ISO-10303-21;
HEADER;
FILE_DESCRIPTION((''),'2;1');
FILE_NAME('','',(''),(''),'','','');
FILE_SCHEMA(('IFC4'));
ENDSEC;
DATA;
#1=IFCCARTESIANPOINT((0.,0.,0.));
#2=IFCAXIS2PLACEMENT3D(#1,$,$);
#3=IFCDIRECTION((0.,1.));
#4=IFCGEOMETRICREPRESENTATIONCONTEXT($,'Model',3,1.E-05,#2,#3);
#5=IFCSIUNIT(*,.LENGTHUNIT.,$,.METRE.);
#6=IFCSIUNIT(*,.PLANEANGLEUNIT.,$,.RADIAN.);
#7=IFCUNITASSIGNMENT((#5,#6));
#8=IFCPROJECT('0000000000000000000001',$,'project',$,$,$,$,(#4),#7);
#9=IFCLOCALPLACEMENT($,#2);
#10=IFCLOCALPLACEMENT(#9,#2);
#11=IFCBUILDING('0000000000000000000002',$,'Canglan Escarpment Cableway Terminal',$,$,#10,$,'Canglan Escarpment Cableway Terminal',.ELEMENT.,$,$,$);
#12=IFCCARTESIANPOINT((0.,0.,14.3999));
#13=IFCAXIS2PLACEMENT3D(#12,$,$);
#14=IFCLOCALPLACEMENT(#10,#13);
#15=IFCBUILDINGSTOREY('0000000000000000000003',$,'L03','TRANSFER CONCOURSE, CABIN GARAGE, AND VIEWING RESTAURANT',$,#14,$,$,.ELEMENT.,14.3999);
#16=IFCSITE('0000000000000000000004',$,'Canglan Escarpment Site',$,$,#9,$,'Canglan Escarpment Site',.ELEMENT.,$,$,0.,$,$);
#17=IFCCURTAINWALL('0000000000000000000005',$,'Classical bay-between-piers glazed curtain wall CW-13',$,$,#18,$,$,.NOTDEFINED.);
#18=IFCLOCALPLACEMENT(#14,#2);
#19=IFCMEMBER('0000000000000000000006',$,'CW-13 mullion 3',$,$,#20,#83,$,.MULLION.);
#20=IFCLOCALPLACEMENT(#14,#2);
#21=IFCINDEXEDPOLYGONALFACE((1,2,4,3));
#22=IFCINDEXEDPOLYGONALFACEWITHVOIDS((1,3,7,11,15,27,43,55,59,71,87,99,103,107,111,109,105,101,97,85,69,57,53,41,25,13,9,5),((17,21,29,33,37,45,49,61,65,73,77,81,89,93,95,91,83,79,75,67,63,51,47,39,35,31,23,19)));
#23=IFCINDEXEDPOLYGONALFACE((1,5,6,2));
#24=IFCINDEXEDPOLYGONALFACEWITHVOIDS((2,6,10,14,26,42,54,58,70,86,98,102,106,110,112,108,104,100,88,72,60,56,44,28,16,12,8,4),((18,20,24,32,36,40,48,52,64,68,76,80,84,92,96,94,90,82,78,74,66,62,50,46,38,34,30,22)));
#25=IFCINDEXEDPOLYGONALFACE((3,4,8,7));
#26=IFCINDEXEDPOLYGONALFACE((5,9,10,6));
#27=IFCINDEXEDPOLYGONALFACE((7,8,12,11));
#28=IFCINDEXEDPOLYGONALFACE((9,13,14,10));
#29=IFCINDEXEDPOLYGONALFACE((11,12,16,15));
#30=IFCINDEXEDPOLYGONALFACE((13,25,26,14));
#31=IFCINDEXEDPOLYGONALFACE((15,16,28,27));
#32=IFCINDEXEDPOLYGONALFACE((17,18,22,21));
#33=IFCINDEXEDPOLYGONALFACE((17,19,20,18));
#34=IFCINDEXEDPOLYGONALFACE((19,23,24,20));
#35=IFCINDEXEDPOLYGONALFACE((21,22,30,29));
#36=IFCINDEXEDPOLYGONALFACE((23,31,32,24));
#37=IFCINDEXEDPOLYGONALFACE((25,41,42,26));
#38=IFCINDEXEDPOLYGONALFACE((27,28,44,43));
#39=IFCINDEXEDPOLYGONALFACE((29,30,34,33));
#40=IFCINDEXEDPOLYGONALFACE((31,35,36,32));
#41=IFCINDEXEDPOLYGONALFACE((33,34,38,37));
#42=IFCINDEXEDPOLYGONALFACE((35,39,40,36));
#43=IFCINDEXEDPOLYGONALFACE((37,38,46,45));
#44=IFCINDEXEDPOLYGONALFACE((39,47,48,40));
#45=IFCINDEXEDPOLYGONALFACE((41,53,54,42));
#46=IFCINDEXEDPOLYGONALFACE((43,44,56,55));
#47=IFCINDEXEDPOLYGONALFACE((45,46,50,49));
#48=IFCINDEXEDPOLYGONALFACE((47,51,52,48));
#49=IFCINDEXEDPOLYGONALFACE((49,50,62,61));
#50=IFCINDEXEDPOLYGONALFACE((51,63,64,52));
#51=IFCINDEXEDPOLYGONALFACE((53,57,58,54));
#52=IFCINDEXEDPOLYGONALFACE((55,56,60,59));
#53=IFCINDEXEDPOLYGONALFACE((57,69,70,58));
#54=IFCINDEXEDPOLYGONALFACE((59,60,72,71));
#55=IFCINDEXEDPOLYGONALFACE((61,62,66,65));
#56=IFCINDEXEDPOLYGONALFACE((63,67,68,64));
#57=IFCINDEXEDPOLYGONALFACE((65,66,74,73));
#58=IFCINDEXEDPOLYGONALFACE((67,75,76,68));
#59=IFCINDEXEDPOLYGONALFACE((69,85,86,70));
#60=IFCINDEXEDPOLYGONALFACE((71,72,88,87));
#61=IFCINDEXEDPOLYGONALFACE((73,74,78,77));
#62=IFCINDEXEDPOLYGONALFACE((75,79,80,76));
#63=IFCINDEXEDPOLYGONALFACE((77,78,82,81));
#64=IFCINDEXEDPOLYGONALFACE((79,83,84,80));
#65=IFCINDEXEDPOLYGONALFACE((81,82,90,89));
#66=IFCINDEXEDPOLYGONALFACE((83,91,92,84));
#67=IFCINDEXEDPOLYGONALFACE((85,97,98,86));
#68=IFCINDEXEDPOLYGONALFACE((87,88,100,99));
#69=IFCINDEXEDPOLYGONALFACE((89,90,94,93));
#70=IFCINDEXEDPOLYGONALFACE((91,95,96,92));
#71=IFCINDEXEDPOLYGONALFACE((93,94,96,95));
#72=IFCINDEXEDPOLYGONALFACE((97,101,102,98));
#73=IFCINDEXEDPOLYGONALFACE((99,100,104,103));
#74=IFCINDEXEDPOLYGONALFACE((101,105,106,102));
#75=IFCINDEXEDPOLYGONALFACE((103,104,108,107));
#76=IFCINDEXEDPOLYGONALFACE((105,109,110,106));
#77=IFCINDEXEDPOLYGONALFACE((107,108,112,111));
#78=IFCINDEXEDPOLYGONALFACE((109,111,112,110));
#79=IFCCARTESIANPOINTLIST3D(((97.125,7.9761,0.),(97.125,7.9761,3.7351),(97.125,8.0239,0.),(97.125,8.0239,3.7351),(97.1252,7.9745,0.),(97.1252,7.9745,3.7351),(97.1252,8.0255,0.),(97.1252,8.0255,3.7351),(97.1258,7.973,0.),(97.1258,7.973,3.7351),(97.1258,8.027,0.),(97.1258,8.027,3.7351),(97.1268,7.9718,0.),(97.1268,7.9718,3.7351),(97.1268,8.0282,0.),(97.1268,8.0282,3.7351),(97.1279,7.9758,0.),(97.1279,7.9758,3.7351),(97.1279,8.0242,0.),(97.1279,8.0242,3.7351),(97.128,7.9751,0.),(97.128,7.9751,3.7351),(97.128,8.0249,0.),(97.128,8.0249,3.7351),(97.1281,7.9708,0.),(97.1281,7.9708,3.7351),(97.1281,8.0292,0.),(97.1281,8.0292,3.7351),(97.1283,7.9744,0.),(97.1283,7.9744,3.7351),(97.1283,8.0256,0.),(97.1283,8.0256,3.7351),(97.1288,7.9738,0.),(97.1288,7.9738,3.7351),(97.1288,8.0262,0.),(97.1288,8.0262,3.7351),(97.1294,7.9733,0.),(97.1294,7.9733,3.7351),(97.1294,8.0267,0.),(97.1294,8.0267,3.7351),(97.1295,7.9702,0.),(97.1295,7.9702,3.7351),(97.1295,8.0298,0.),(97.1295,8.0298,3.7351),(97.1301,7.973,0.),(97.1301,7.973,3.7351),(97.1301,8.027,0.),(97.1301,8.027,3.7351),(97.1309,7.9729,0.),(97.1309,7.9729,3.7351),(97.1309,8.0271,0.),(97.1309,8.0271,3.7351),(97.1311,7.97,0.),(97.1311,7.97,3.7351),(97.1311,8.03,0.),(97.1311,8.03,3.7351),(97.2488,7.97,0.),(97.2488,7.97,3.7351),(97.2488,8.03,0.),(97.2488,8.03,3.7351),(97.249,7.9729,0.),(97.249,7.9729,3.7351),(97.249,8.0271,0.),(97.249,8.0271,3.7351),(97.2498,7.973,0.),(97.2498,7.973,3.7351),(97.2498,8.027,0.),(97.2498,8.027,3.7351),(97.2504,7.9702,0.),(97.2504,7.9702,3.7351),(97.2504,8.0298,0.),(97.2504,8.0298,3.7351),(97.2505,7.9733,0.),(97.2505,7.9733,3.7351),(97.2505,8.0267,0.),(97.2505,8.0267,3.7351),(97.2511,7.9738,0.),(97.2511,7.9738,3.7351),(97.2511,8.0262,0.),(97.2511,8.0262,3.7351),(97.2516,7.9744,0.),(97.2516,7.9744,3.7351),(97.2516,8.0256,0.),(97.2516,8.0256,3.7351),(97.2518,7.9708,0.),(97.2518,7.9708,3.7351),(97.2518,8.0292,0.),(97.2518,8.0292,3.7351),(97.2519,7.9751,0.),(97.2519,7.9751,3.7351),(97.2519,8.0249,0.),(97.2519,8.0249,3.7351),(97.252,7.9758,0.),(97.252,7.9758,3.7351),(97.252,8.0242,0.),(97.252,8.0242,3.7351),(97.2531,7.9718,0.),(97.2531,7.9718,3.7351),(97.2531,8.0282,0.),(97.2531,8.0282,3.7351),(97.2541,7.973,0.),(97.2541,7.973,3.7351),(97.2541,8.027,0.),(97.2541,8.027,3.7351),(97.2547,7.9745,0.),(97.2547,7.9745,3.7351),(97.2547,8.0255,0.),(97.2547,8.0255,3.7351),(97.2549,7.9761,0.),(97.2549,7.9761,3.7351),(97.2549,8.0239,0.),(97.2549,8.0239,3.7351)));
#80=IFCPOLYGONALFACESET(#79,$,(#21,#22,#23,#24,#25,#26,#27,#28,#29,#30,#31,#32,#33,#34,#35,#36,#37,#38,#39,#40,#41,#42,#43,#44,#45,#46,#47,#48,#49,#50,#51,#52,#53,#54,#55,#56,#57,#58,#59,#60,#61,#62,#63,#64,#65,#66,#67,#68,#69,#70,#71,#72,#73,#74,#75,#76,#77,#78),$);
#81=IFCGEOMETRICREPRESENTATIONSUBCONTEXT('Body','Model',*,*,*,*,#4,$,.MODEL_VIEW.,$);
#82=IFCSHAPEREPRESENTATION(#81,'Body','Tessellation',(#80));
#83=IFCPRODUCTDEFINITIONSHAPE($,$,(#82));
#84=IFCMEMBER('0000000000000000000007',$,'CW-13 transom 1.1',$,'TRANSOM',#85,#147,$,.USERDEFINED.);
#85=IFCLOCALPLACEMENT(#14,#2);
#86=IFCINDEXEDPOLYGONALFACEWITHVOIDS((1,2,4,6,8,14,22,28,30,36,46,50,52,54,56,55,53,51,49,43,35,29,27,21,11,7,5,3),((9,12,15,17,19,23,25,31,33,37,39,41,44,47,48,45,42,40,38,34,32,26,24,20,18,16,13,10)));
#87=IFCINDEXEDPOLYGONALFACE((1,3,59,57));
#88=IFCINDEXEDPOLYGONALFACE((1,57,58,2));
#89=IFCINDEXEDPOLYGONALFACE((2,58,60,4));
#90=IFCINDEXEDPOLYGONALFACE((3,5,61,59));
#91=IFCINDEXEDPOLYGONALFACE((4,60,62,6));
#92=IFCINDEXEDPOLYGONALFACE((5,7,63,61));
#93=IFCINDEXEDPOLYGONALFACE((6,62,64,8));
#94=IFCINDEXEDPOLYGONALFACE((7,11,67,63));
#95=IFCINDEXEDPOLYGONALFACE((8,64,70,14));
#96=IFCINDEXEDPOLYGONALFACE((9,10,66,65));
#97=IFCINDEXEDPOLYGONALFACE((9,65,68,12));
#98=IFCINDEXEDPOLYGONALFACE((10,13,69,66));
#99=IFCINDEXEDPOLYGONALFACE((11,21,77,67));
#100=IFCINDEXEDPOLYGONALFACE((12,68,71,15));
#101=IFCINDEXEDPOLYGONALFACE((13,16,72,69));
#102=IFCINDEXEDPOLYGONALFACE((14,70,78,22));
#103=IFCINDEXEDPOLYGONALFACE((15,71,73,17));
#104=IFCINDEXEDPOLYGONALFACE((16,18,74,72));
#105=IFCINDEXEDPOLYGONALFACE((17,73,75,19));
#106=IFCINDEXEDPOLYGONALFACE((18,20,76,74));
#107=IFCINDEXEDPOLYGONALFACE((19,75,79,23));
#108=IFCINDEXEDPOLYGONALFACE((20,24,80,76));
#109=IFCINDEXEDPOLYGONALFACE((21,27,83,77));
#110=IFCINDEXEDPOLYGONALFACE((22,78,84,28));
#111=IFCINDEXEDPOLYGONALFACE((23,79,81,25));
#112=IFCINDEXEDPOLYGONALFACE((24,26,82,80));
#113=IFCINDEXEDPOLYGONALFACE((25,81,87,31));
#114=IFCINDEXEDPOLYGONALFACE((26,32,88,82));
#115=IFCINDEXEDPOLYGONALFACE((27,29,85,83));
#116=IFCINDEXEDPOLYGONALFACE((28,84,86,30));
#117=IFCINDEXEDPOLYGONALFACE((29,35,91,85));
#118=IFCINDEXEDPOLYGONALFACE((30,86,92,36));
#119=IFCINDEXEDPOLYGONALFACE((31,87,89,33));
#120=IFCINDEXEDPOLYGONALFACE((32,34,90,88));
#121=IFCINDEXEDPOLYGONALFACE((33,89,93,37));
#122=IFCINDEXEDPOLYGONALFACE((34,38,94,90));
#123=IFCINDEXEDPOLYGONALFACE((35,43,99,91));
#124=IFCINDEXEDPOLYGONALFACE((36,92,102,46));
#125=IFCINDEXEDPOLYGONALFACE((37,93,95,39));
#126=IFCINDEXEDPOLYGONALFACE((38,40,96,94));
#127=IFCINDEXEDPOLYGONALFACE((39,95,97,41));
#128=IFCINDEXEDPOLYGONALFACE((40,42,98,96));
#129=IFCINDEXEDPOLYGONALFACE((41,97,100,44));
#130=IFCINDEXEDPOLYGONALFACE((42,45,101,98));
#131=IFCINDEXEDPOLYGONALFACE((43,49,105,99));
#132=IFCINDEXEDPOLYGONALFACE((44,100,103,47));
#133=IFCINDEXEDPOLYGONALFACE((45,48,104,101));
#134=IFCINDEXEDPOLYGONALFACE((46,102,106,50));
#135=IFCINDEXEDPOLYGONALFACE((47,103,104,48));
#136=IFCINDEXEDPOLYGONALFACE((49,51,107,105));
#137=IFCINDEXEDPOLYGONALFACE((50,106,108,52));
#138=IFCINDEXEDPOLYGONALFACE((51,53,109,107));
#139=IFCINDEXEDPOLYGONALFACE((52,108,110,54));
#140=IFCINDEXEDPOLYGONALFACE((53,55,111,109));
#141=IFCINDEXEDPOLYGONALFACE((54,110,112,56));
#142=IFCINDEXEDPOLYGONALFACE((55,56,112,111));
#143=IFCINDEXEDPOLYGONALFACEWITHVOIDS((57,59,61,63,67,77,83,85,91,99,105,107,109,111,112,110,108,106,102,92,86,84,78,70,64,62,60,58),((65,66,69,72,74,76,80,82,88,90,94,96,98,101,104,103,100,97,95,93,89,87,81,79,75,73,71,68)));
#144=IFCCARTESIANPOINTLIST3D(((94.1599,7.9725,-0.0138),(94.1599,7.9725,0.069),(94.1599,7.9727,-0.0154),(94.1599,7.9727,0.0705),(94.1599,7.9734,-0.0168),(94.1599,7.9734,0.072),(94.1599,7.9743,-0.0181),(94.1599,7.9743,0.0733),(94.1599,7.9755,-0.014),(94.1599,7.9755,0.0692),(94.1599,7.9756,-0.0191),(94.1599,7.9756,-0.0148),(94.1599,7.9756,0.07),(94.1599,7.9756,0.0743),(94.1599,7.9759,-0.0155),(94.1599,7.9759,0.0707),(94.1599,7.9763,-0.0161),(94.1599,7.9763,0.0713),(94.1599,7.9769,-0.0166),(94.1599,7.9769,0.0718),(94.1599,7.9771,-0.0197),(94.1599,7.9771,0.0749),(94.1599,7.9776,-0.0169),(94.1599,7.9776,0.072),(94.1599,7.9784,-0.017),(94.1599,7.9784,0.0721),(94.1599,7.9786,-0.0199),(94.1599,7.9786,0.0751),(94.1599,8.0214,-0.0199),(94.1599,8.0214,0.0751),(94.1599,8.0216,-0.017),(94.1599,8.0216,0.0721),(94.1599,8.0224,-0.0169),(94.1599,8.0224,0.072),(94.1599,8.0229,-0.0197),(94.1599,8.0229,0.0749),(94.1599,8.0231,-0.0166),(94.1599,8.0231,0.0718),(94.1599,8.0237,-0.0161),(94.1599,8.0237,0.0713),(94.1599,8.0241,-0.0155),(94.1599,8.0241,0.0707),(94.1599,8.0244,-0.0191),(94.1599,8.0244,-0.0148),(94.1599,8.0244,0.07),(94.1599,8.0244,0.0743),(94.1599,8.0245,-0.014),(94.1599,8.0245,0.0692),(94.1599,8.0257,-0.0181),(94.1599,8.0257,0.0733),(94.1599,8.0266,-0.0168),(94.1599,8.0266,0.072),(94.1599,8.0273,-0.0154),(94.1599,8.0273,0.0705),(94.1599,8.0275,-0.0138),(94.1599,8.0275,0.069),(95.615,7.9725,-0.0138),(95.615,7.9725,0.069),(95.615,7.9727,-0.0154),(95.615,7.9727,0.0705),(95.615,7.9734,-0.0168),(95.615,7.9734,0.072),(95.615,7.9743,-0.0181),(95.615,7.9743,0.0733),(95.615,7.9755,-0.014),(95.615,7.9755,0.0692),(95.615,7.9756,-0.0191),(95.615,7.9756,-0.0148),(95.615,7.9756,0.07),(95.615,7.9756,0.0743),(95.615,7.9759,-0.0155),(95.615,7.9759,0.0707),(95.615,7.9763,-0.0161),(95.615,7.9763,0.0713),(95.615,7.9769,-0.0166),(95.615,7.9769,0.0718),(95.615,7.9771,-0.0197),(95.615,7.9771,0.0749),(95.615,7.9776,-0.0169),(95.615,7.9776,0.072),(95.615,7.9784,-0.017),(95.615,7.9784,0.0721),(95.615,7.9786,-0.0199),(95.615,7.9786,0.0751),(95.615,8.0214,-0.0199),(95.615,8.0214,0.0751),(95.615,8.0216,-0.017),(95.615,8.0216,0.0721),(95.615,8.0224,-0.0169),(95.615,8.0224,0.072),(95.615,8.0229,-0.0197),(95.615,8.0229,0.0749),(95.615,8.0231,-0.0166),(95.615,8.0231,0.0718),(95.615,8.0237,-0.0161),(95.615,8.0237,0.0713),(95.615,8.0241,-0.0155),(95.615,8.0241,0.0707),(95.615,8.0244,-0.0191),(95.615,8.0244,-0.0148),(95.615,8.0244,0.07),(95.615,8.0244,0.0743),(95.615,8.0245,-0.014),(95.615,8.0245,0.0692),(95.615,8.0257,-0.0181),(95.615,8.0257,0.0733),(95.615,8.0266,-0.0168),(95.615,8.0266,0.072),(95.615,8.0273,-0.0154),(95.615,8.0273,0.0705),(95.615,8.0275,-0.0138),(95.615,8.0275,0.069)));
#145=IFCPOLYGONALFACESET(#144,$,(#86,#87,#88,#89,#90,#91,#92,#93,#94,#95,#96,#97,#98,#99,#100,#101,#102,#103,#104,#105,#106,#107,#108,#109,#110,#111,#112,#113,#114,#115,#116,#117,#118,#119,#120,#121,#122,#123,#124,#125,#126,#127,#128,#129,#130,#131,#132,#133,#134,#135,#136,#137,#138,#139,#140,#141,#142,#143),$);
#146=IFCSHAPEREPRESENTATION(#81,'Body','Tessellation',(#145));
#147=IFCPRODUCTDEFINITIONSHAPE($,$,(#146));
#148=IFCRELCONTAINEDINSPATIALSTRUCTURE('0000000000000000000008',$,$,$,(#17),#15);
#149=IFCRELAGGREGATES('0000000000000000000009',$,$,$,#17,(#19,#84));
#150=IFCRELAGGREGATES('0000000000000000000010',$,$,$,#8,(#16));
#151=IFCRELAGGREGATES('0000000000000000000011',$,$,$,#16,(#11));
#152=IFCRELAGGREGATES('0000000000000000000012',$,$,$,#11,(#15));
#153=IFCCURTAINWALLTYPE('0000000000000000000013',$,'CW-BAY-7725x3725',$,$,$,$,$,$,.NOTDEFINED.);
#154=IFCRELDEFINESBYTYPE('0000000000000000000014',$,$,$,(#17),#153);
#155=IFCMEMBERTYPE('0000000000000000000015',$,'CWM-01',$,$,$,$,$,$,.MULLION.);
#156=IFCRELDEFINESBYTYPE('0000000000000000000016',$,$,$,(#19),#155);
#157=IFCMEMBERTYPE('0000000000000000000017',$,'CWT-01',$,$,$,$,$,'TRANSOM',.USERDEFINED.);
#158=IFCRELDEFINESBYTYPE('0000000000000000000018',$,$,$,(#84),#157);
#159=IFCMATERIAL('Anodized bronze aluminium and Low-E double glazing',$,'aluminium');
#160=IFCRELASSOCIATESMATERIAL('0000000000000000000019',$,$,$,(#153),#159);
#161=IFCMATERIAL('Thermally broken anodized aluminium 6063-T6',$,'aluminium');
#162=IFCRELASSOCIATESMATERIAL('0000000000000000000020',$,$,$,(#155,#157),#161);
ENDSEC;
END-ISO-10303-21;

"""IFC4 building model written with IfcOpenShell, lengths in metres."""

from ifc_helpers import new_model, si_unit, direction, frame, origin, origin_2d, place, context, subcontext, project, spatial, hollow_rectangle, extrude, material, material_profile, profile_set, type_object, element, aggregate, save


model = new_model("IFC4")

# Units and contexts
model_context = context("Model", 3, precision=1e-05, world=origin(), true_north=direction((0.0, 1.0)))
body_context = subcontext(model_context, "Body", "Model", "MODEL_VIEW")
ifc_project = project(units=[si_unit("LENGTHUNIT", "METRE"), si_unit("PLANEANGLEUNIT", "RADIAN")], contexts=[model_context])

# Site, building, storey
site_placement = place(None, origin())
site = spatial("IfcSite", under=ifc_project, at=site_placement, Name="Canglan Escarpment Site", LongName="Canglan Escarpment Site", CompositionType="ELEMENT", RefElevation=0.0)
building_placement = place(site_placement, origin())
building = spatial("IfcBuilding", under=site, at=building_placement, Name="Canglan Escarpment Cableway Terminal", LongName="Canglan Escarpment Cableway Terminal", CompositionType="ELEMENT")
storey_placement = place(building_placement, frame((0.0, 0.0, 14.3999)))
storey = spatial("IfcBuildingStorey", under=building, at=storey_placement, Name="L03", Description="TRANSFER CONCOURSE, CABIN GARAGE, AND VIEWING RESTAURANT", CompositionType="ELEMENT", Elevation=14.3999)

# Curtain wall, members
ifc_material_1 = material(Name="Anodized bronze aluminium and Low-E double glazing", Category="aluminium")
curtain_wall_type = type_object("IfcCurtainWallType", Name="CW-BAY-7725x3725", PredefinedType="NOTDEFINED", material=ifc_material_1)
curtain_wall_placement = place(storey_placement, origin())
curtain_wall = element("IfcCurtainWall", 1, at=curtain_wall_placement, inside=storey, type_object=curtain_wall_type, Name="Classical bay-between-piers glazed curtain wall CW-13", PredefinedType="NOTDEFINED")
ifc_material_2 = material(Name="Thermally broken anodized aluminium 6063-T6", Category="aluminium")
ifc_material_profile_1 = material_profile(ifc_material_2, hollow_rectangle(XDim=0.0601, YDim=0.1299, WallThickness=0.0029, InnerFilletRadius=0.0029, OuterFilletRadius=0.0061, at=origin_2d()), Name="ALU-MULL 60x130x3")
ifc_profile_set_1 = profile_set([ifc_material_profile_1], Name="Thermally broken anodized aluminium 6063-T6")
member_type_1 = type_object("IfcMemberType", Name="CWM-01", PredefinedType="MULLION", material=ifc_profile_set_1)
member_1_placement = place(storey_placement, frame((97.1899, 8.0, 0.0), z_axis=(0.0, 0.0, 1.0), x_axis=(0.0, 1.0, 0.0)))
member_1 = element("IfcMember", 2, at=member_1_placement, type_object=member_type_1, Name="CW-13 mullion 3", PredefinedType="MULLION", context=body_context, shape_type="SweptSolid", body=[
    extrude(hollow_rectangle(XDim=0.0601, YDim=0.1299, WallThickness=0.0029, InnerFilletRadius=0.0029, OuterFilletRadius=0.0061, at=origin_2d()), origin(), (0.0, 0.0, 1.0), 3.7351),
])
ifc_material_profile_2 = material_profile(ifc_material_2, hollow_rectangle(XDim=0.0549, YDim=0.095, WallThickness=0.0029, InnerFilletRadius=0.0029, OuterFilletRadius=0.0061, at=origin_2d()), Name="ALU-TRAN 55x95x3")
ifc_profile_set_2 = profile_set([ifc_material_profile_2], Name="Thermally broken anodized aluminium 6063-T6")
member_type_2 = type_object("IfcMemberType", Name="CWT-01", ElementType="TRANSOM", PredefinedType="USERDEFINED", material=ifc_profile_set_2)
member_2_placement = place(storey_placement, frame((94.1599, 8.0, 0.0276), z_axis=(1.0, 0.0, 0.0), x_axis=(0.0, 1.0, 0.0)))
member_2 = element("IfcMember", 3, at=member_2_placement, type_object=member_type_2, Name="CW-13 transom 1.1", ObjectType="TRANSOM", PredefinedType="USERDEFINED", context=body_context, shape_type="SweptSolid", body=[
    extrude(hollow_rectangle(XDim=0.0549, YDim=0.095, WallThickness=0.0029, InnerFilletRadius=0.0029, OuterFilletRadius=0.0061, at=origin_2d()), origin(), (0.0, 0.0, 1.0), 1.4551),
])

aggregate(curtain_wall, [member_1, member_2])

save(model, "model.ifc")
